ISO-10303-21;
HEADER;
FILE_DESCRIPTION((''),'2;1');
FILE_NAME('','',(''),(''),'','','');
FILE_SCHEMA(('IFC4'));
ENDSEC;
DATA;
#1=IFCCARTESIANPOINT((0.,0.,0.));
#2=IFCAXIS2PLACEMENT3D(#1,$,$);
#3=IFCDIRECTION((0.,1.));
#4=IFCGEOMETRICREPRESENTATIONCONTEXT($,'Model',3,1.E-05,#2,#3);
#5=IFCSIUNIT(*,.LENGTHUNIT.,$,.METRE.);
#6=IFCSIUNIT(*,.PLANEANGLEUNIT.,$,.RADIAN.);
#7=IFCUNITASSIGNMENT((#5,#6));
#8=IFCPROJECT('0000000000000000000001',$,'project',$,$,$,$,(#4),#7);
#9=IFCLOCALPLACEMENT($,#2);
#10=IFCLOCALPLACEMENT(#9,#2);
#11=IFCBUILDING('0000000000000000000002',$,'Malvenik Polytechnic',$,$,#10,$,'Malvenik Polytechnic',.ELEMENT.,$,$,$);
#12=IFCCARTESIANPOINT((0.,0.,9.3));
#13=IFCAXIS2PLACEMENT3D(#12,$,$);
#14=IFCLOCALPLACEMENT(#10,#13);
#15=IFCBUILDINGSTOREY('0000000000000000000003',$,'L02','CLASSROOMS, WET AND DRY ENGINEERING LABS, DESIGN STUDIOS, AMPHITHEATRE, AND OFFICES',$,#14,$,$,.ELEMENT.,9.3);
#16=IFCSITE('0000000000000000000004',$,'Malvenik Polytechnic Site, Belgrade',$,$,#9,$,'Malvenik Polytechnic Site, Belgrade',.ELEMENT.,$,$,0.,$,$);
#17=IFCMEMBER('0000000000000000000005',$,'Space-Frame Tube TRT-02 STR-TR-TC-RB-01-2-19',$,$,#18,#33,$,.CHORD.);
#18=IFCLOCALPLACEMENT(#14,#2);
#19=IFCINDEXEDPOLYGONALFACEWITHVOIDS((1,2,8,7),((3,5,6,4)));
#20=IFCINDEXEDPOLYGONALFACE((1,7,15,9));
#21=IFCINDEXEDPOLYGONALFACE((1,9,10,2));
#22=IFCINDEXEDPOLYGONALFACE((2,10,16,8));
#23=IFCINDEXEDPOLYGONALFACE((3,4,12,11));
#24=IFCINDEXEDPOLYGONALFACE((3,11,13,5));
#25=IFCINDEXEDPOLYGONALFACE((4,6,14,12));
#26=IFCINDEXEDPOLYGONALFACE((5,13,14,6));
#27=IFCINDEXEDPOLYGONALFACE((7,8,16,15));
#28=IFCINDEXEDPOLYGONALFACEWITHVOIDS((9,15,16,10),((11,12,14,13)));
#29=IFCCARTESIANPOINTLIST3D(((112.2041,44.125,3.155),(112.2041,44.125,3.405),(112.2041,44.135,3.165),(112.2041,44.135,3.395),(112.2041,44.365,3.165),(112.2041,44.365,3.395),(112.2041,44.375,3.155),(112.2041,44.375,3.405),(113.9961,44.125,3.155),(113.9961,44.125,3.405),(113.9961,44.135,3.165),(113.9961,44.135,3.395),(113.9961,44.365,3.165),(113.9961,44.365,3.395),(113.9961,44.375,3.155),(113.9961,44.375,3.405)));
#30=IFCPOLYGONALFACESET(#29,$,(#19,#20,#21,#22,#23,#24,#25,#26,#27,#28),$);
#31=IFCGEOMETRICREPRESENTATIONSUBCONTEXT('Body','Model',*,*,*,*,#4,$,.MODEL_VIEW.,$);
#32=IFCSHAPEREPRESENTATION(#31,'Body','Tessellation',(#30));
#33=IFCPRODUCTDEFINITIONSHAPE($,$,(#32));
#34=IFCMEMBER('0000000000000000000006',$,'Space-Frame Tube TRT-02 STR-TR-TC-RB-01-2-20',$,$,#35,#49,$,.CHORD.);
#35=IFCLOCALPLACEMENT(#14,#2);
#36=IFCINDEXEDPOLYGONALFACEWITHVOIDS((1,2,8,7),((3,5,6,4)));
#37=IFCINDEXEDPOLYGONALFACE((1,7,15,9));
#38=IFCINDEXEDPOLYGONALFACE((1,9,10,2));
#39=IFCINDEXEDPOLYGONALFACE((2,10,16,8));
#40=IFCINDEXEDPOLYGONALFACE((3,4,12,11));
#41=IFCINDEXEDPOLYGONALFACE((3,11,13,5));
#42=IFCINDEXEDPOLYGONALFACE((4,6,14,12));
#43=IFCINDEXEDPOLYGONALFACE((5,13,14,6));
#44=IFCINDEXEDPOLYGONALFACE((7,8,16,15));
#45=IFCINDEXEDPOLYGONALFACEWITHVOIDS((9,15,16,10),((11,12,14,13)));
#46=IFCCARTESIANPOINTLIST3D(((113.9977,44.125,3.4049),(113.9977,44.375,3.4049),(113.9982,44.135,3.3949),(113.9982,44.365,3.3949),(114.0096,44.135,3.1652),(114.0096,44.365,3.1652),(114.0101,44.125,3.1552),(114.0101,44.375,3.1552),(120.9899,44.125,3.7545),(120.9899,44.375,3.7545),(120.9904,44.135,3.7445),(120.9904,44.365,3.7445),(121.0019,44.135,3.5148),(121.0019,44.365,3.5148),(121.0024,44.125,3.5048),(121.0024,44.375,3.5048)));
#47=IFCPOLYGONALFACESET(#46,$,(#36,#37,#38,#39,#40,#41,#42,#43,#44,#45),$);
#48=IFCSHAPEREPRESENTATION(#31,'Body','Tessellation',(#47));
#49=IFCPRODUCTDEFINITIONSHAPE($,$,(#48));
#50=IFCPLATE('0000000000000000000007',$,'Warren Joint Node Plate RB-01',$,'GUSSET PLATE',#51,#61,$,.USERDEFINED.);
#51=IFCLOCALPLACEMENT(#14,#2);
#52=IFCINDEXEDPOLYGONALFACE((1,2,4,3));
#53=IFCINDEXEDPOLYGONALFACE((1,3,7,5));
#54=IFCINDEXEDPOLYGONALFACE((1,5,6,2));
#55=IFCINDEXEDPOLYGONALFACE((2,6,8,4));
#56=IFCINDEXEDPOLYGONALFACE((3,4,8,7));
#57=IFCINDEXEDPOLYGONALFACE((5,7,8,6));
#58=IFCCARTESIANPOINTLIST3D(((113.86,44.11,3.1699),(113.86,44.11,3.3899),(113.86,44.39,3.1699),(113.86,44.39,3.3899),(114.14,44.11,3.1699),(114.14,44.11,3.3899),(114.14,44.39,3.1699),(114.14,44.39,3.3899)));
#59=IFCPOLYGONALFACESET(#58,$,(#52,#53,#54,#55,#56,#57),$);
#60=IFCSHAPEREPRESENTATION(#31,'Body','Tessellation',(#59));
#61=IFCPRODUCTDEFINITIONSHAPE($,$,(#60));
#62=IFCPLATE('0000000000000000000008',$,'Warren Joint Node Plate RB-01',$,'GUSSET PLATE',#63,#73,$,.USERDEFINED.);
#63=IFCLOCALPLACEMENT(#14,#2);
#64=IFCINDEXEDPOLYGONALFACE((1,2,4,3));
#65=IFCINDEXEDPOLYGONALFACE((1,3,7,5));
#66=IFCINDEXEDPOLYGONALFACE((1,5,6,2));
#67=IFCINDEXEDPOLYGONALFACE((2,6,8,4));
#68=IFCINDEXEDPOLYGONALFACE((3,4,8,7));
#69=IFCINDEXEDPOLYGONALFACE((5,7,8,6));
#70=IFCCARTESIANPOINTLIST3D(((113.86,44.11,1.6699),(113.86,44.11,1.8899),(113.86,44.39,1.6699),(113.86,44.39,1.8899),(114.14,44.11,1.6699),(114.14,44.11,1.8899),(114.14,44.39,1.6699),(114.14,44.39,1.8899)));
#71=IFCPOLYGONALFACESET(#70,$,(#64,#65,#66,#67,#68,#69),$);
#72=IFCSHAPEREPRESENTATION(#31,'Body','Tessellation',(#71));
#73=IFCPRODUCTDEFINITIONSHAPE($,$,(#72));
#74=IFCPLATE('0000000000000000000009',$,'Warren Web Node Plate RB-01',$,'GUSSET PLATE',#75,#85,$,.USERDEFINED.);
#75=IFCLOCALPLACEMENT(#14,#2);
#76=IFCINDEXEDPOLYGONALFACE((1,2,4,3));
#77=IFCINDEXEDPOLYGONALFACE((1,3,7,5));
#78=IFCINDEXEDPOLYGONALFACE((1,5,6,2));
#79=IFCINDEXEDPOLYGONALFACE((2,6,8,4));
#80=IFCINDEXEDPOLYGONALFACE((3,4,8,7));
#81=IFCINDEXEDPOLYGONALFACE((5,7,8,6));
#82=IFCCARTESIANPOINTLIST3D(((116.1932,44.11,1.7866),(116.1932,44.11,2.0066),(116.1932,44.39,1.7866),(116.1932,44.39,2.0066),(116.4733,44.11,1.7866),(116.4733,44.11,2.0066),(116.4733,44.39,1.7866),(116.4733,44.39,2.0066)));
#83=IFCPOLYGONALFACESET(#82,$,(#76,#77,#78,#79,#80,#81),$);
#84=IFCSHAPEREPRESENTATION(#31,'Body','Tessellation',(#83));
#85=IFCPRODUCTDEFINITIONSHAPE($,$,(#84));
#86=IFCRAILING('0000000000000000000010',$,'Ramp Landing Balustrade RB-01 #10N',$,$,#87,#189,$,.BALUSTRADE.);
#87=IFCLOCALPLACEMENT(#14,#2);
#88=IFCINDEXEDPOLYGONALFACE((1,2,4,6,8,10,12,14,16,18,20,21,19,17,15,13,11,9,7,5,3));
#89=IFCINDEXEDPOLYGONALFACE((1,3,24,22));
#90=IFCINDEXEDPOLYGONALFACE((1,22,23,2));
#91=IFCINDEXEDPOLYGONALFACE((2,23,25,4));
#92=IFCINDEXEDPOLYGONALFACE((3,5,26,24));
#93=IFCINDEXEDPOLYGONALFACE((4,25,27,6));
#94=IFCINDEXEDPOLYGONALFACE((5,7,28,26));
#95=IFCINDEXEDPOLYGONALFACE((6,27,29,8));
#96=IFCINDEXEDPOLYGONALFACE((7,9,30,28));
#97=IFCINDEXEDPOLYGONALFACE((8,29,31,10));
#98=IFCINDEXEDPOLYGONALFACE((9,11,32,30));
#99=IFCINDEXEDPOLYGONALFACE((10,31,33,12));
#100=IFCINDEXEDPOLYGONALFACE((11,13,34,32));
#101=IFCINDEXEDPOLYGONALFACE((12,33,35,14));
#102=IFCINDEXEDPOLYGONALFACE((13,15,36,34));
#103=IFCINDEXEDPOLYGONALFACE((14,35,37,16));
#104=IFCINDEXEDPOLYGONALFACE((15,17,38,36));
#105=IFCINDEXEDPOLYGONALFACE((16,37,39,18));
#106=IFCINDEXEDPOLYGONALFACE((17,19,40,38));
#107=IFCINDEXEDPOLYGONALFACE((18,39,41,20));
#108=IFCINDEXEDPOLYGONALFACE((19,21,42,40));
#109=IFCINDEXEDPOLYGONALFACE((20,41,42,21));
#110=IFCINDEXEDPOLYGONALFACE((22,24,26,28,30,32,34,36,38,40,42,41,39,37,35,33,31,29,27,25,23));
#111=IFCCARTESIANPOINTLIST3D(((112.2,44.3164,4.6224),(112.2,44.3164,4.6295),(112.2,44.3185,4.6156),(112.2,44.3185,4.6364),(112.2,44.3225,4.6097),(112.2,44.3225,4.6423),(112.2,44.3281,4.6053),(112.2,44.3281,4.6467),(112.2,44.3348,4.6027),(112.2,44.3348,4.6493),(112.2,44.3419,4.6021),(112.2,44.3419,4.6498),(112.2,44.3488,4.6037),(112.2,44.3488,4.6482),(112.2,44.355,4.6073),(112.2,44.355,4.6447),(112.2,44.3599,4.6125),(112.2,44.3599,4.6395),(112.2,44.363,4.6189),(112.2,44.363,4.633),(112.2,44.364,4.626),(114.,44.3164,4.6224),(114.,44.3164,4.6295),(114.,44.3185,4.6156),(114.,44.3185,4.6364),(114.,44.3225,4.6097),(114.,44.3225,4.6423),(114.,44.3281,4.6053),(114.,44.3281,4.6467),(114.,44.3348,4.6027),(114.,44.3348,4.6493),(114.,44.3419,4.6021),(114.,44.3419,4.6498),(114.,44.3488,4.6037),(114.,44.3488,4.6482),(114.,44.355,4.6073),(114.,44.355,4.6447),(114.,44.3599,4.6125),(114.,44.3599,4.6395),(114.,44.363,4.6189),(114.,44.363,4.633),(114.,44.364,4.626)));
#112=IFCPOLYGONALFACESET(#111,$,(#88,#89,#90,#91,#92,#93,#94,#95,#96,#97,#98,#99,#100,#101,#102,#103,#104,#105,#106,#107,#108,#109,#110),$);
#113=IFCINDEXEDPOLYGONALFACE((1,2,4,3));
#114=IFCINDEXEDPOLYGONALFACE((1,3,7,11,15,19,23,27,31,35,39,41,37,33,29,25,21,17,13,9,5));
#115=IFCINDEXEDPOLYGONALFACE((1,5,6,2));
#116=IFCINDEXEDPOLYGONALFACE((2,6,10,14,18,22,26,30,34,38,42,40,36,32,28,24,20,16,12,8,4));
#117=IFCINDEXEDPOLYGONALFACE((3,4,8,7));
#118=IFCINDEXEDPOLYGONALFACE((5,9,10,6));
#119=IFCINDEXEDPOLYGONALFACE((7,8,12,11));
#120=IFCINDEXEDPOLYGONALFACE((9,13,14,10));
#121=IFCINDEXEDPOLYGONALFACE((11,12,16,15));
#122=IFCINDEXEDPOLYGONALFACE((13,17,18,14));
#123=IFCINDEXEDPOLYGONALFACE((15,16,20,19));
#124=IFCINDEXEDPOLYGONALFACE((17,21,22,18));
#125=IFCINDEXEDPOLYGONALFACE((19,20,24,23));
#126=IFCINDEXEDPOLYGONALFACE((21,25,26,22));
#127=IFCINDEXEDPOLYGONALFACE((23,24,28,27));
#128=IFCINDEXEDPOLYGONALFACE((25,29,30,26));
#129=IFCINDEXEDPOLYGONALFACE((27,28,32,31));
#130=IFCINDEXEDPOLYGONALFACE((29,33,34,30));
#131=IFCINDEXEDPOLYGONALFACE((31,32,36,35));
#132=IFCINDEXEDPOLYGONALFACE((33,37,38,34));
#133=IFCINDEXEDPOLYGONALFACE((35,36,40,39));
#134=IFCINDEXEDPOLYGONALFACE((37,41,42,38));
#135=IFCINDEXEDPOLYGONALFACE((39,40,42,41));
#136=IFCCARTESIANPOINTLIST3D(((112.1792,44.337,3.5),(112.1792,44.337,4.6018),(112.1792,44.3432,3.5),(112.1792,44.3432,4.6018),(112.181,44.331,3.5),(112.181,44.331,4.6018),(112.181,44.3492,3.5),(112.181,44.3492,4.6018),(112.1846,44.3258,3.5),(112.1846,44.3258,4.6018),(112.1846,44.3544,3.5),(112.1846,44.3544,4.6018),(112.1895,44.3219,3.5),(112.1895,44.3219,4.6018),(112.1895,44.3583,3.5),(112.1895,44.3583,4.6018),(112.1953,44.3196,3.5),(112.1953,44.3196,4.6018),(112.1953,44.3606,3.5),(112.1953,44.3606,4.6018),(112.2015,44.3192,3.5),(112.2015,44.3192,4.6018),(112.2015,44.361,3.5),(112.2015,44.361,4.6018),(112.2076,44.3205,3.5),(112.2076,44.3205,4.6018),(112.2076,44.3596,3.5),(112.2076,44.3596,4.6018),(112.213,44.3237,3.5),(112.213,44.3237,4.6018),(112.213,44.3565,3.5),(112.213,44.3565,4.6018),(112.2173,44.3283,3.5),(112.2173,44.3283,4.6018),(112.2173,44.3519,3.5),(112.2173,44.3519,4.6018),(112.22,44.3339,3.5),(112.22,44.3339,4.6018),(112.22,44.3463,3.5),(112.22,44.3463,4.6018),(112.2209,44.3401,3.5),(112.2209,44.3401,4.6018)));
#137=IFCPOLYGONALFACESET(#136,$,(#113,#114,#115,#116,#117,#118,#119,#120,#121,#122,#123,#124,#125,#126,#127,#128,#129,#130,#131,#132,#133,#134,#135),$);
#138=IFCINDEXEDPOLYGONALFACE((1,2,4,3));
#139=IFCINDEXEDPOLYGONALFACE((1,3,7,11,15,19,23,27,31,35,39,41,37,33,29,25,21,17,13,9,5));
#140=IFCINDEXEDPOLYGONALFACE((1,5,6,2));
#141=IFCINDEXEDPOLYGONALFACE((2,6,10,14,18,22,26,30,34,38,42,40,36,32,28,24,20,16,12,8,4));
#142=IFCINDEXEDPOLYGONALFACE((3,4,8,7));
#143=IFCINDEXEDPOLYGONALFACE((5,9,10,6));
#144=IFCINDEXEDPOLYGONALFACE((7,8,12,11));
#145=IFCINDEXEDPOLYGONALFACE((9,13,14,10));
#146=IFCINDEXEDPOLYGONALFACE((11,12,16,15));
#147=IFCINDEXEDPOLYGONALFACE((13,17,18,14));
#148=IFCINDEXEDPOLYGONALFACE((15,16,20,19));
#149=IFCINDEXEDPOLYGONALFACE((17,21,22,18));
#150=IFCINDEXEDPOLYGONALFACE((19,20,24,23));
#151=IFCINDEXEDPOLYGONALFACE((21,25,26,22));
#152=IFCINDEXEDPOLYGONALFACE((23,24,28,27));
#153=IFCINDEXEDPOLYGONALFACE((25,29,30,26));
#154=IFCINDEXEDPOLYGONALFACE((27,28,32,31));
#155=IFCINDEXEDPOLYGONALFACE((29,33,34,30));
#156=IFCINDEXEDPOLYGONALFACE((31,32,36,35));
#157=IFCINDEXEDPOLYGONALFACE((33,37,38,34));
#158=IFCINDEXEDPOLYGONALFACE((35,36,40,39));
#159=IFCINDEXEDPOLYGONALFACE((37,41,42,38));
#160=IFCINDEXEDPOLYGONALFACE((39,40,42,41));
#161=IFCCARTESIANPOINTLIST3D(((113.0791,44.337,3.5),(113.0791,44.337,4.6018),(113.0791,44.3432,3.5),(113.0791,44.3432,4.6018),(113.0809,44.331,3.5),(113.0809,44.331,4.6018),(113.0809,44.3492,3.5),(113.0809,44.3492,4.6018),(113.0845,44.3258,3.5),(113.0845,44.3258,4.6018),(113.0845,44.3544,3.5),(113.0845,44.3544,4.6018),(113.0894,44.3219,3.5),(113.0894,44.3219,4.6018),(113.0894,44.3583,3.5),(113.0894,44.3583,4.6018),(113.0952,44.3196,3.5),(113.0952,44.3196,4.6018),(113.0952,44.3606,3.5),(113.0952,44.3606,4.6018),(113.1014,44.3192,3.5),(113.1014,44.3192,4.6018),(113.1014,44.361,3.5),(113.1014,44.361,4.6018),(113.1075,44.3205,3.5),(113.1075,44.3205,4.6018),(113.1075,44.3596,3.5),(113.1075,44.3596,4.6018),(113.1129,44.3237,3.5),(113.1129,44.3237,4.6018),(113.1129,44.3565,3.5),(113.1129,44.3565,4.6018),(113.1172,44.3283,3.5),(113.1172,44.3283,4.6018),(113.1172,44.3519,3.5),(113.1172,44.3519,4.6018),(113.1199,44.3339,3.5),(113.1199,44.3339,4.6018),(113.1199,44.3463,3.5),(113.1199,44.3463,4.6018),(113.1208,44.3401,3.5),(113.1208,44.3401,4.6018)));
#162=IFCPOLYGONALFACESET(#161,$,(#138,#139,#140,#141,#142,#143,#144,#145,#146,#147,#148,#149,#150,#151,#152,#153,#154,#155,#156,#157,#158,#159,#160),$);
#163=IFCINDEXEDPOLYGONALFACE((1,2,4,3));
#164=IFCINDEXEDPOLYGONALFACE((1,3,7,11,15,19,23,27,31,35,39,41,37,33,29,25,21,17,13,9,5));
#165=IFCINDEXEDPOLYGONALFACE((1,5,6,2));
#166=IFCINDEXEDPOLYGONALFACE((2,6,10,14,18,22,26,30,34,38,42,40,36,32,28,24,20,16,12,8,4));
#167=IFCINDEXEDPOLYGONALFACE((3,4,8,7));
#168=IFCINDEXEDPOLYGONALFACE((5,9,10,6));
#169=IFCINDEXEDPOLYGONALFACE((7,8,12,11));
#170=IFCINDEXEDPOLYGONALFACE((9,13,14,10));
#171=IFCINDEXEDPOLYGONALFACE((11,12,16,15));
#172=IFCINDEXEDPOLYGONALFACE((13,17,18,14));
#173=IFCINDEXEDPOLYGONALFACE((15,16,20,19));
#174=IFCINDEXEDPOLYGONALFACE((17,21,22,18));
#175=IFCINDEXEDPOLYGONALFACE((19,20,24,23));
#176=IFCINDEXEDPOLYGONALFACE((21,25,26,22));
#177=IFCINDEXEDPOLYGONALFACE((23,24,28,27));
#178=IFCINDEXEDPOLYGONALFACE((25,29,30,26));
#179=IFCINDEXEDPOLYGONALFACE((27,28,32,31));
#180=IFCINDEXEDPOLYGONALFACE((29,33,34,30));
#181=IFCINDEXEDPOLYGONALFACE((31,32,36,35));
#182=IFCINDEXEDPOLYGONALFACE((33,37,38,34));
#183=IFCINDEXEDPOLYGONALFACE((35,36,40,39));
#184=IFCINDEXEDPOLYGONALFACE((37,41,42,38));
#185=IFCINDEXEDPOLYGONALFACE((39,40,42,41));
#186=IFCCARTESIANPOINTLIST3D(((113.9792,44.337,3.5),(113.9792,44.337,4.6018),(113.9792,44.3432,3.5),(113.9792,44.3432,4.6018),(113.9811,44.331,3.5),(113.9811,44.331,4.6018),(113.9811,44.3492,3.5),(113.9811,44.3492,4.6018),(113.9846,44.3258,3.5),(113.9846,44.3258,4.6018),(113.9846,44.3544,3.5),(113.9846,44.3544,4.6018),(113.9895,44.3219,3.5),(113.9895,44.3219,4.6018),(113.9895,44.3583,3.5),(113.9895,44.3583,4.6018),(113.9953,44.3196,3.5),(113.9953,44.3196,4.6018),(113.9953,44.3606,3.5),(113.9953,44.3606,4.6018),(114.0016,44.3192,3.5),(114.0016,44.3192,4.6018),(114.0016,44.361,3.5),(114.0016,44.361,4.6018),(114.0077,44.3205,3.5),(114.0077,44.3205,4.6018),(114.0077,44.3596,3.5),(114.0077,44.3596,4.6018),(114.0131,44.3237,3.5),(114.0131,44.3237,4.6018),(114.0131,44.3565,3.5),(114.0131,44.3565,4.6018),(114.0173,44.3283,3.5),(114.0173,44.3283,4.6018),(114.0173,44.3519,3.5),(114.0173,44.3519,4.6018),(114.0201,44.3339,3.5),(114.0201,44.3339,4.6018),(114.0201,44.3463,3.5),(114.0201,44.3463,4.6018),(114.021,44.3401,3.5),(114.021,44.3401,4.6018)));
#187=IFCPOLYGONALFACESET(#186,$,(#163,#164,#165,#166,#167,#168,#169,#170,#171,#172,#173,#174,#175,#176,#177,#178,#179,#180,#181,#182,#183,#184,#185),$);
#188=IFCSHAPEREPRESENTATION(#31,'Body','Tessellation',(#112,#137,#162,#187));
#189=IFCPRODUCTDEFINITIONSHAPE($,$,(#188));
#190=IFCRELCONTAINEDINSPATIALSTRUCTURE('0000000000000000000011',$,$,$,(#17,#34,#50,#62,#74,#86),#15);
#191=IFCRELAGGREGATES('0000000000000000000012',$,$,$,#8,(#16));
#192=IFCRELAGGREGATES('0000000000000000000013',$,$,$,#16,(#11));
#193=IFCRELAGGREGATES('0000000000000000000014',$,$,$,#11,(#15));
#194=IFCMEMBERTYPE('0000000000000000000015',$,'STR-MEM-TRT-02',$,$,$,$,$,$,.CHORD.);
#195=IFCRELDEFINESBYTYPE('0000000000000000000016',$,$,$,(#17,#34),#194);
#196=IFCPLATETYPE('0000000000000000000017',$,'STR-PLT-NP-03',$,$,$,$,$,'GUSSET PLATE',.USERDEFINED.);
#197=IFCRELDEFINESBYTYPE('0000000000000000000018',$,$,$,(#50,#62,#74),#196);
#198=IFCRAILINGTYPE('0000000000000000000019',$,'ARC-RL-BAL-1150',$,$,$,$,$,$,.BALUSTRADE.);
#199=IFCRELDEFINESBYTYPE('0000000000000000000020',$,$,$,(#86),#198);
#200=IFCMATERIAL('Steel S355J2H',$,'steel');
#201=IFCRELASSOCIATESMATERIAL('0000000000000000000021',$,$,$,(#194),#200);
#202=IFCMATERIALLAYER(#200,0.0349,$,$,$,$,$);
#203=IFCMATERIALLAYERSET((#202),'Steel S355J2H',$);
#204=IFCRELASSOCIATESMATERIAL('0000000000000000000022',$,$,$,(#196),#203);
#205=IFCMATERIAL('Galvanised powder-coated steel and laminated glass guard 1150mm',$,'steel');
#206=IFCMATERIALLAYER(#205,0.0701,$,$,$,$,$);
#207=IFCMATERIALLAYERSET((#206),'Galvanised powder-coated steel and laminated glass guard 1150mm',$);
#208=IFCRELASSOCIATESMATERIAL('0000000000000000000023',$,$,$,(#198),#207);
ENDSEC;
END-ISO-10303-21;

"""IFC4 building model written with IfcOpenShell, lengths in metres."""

from ifc_helpers import new_model, si_unit, direction, frame, origin, origin_2d, place, context, subcontext, project, spatial, rectangle, hollow_rectangle, circle, extrude, material, layer, layer_set, material_profile, profile_set, type_object, element, save


model = new_model("IFC4")

# Units and contexts
model_context = context("Model", 3, precision=1e-05, world=origin(), true_north=direction((0.0, 1.0)))
body_context = subcontext(model_context, "Body", "Model", "MODEL_VIEW")
ifc_project = project(units=[si_unit("LENGTHUNIT", "METRE"), si_unit("PLANEANGLEUNIT", "RADIAN")], contexts=[model_context])

# Site, building, storey
site_placement = place(None, origin())
site = spatial("IfcSite", under=ifc_project, at=site_placement, Name="Malvenik Polytechnic Site, Belgrade", LongName="Malvenik Polytechnic Site, Belgrade", CompositionType="ELEMENT", RefElevation=0.0)
building_placement = place(site_placement, origin())
building = spatial("IfcBuilding", under=site, at=building_placement, Name="Malvenik Polytechnic", LongName="Malvenik Polytechnic", CompositionType="ELEMENT")
storey_placement = place(building_placement, frame((0.0, 0.0, 9.3)))
storey = spatial("IfcBuildingStorey", under=building, at=storey_placement, Name="L02", Description="CLASSROOMS, WET AND DRY ENGINEERING LABS, DESIGN STUDIOS, AMPHITHEATRE, AND OFFICES", CompositionType="ELEMENT", Elevation=9.3)

# Members
ifc_material_1 = material(Name="Steel S355J2H", Category="steel")
ifc_material_profile_1 = material_profile(ifc_material_1, hollow_rectangle(XDim=0.25, YDim=0.25, WallThickness=0.01, at=origin_2d()), Name="SHS 250x250x10.0")
ifc_profile_set_1 = profile_set([ifc_material_profile_1], Name="Steel S355J2H")
member_type_1 = type_object("IfcMemberType", Name="STR-MEM-TRT-02", PredefinedType="CHORD", material=ifc_profile_set_1)
member_1_placement = place(storey_placement, frame((112.2041, 44.25, 3.28), z_axis=(1.0, 0.0, 0.0), x_axis=(0.0, 1.0, 0.0)))
element("IfcMember", 1, at=member_1_placement, inside=storey, type_object=member_type_1, Name="Space-Frame Tube TRT-02 STR-TR-TC-RB-01-2-19", PredefinedType="CHORD", context=body_context, shape_type="SweptSolid", body=[
    extrude(hollow_rectangle(XDim=0.25, YDim=0.25, WallThickness=0.01, at=origin_2d()), origin(), (0.0, 0.0, 1.0), 1.792),
])
member_2_placement = place(storey_placement, frame((114.0039, 44.25, 3.28), z_axis=(0.998752, 0.0, 0.049938), x_axis=(0.0, 1.0, 0.0)))
element("IfcMember", 2, at=member_2_placement, inside=storey, type_object=member_type_1, Name="Space-Frame Tube TRT-02 STR-TR-TC-RB-01-2-20", PredefinedType="CHORD", context=body_context, shape_type="SweptSolid", body=[
    extrude(hollow_rectangle(XDim=0.25, YDim=0.25, WallThickness=0.01, at=origin_2d()), origin(), (0.0, 0.0, 1.0), 7.001),
])

# Plates
ifc_layer_1 = layer(ifc_material_1, 0.0349)
ifc_layer_set_1 = layer_set([ifc_layer_1], Name="Steel S355J2H")
plate_type = type_object("IfcPlateType", Name="STR-PLT-NP-03", ElementType="GUSSET PLATE", PredefinedType="USERDEFINED", material=ifc_layer_set_1)
for number, where, z_axis, x_axis, name in (
    (3, (114.0, 44.25, 3.1699), (0.0, 0.0, 1.0), (1.0, 0.0, 0.0), "Warren Joint Node Plate RB-01"),
    (4, (114.0, 44.25, 1.6699), (0.0, 0.0, 1.0), (1.0, 0.0, 0.0), "Warren Joint Node Plate RB-01"),
    (5, (116.3333, 44.25, 1.7866), (0.0, 0.0, 1.0), (1.0, 0.0, 0.0), "Warren Web Node Plate RB-01"),
):
    element("IfcPlate", number, at=place(storey_placement, frame(where, z_axis=z_axis, x_axis=x_axis)), inside=storey, type_object=plate_type, Name=name, ObjectType="GUSSET PLATE", PredefinedType="USERDEFINED", context=body_context, shape_type="SweptSolid", body=[
        extrude(rectangle(XDim=0.28, YDim=0.28, at=origin_2d()), origin(), (0.0, 0.0, 1.0), 0.22),
    ])

# Railing
ifc_material_2 = material(Name="Galvanised powder-coated steel and laminated glass guard 1150mm", Category="steel")
ifc_layer_2 = layer(ifc_material_2, 0.0701)
ifc_layer_set_2 = layer_set([ifc_layer_2], Name="Galvanised powder-coated steel and laminated glass guard 1150mm")
railing_type_1 = type_object("IfcRailingType", Name="ARC-RL-BAL-1150", PredefinedType="BALUSTRADE", material=ifc_layer_set_2)
railing_1_placement = place(storey_placement, frame((112.2, 44.3401, 3.5)))
element("IfcRailing", 6, at=railing_1_placement, inside=storey, type_object=railing_type_1, Name="Ramp Landing Balustrade RB-01 #10N", PredefinedType="BALUSTRADE", context=body_context, shape_type="SweptSolid", body=[
    extrude(circle(Radius=0.0239, at=origin_2d()), frame((0.0, 0.0, 1.126), z_axis=(1.0, 0.0, 0.0), x_axis=(0.0, 1.0, 0.0)), (0.0, 0.0, 1.0), 1.8),
    extrude(circle(Radius=0.021, at=origin_2d()), origin(), (0.0, 0.0, 1.0), 1.1018),
    extrude(circle(Radius=0.021, at=origin_2d()), frame((0.8999, 0.0, 0.0)), (0.0, 0.0, 1.0), 1.1018),
    extrude(circle(Radius=0.021, at=origin_2d()), frame((1.8, 0.0, 0.0)), (0.0, 0.0, 1.0), 1.1018),
])

save(model, "model.ifc")
